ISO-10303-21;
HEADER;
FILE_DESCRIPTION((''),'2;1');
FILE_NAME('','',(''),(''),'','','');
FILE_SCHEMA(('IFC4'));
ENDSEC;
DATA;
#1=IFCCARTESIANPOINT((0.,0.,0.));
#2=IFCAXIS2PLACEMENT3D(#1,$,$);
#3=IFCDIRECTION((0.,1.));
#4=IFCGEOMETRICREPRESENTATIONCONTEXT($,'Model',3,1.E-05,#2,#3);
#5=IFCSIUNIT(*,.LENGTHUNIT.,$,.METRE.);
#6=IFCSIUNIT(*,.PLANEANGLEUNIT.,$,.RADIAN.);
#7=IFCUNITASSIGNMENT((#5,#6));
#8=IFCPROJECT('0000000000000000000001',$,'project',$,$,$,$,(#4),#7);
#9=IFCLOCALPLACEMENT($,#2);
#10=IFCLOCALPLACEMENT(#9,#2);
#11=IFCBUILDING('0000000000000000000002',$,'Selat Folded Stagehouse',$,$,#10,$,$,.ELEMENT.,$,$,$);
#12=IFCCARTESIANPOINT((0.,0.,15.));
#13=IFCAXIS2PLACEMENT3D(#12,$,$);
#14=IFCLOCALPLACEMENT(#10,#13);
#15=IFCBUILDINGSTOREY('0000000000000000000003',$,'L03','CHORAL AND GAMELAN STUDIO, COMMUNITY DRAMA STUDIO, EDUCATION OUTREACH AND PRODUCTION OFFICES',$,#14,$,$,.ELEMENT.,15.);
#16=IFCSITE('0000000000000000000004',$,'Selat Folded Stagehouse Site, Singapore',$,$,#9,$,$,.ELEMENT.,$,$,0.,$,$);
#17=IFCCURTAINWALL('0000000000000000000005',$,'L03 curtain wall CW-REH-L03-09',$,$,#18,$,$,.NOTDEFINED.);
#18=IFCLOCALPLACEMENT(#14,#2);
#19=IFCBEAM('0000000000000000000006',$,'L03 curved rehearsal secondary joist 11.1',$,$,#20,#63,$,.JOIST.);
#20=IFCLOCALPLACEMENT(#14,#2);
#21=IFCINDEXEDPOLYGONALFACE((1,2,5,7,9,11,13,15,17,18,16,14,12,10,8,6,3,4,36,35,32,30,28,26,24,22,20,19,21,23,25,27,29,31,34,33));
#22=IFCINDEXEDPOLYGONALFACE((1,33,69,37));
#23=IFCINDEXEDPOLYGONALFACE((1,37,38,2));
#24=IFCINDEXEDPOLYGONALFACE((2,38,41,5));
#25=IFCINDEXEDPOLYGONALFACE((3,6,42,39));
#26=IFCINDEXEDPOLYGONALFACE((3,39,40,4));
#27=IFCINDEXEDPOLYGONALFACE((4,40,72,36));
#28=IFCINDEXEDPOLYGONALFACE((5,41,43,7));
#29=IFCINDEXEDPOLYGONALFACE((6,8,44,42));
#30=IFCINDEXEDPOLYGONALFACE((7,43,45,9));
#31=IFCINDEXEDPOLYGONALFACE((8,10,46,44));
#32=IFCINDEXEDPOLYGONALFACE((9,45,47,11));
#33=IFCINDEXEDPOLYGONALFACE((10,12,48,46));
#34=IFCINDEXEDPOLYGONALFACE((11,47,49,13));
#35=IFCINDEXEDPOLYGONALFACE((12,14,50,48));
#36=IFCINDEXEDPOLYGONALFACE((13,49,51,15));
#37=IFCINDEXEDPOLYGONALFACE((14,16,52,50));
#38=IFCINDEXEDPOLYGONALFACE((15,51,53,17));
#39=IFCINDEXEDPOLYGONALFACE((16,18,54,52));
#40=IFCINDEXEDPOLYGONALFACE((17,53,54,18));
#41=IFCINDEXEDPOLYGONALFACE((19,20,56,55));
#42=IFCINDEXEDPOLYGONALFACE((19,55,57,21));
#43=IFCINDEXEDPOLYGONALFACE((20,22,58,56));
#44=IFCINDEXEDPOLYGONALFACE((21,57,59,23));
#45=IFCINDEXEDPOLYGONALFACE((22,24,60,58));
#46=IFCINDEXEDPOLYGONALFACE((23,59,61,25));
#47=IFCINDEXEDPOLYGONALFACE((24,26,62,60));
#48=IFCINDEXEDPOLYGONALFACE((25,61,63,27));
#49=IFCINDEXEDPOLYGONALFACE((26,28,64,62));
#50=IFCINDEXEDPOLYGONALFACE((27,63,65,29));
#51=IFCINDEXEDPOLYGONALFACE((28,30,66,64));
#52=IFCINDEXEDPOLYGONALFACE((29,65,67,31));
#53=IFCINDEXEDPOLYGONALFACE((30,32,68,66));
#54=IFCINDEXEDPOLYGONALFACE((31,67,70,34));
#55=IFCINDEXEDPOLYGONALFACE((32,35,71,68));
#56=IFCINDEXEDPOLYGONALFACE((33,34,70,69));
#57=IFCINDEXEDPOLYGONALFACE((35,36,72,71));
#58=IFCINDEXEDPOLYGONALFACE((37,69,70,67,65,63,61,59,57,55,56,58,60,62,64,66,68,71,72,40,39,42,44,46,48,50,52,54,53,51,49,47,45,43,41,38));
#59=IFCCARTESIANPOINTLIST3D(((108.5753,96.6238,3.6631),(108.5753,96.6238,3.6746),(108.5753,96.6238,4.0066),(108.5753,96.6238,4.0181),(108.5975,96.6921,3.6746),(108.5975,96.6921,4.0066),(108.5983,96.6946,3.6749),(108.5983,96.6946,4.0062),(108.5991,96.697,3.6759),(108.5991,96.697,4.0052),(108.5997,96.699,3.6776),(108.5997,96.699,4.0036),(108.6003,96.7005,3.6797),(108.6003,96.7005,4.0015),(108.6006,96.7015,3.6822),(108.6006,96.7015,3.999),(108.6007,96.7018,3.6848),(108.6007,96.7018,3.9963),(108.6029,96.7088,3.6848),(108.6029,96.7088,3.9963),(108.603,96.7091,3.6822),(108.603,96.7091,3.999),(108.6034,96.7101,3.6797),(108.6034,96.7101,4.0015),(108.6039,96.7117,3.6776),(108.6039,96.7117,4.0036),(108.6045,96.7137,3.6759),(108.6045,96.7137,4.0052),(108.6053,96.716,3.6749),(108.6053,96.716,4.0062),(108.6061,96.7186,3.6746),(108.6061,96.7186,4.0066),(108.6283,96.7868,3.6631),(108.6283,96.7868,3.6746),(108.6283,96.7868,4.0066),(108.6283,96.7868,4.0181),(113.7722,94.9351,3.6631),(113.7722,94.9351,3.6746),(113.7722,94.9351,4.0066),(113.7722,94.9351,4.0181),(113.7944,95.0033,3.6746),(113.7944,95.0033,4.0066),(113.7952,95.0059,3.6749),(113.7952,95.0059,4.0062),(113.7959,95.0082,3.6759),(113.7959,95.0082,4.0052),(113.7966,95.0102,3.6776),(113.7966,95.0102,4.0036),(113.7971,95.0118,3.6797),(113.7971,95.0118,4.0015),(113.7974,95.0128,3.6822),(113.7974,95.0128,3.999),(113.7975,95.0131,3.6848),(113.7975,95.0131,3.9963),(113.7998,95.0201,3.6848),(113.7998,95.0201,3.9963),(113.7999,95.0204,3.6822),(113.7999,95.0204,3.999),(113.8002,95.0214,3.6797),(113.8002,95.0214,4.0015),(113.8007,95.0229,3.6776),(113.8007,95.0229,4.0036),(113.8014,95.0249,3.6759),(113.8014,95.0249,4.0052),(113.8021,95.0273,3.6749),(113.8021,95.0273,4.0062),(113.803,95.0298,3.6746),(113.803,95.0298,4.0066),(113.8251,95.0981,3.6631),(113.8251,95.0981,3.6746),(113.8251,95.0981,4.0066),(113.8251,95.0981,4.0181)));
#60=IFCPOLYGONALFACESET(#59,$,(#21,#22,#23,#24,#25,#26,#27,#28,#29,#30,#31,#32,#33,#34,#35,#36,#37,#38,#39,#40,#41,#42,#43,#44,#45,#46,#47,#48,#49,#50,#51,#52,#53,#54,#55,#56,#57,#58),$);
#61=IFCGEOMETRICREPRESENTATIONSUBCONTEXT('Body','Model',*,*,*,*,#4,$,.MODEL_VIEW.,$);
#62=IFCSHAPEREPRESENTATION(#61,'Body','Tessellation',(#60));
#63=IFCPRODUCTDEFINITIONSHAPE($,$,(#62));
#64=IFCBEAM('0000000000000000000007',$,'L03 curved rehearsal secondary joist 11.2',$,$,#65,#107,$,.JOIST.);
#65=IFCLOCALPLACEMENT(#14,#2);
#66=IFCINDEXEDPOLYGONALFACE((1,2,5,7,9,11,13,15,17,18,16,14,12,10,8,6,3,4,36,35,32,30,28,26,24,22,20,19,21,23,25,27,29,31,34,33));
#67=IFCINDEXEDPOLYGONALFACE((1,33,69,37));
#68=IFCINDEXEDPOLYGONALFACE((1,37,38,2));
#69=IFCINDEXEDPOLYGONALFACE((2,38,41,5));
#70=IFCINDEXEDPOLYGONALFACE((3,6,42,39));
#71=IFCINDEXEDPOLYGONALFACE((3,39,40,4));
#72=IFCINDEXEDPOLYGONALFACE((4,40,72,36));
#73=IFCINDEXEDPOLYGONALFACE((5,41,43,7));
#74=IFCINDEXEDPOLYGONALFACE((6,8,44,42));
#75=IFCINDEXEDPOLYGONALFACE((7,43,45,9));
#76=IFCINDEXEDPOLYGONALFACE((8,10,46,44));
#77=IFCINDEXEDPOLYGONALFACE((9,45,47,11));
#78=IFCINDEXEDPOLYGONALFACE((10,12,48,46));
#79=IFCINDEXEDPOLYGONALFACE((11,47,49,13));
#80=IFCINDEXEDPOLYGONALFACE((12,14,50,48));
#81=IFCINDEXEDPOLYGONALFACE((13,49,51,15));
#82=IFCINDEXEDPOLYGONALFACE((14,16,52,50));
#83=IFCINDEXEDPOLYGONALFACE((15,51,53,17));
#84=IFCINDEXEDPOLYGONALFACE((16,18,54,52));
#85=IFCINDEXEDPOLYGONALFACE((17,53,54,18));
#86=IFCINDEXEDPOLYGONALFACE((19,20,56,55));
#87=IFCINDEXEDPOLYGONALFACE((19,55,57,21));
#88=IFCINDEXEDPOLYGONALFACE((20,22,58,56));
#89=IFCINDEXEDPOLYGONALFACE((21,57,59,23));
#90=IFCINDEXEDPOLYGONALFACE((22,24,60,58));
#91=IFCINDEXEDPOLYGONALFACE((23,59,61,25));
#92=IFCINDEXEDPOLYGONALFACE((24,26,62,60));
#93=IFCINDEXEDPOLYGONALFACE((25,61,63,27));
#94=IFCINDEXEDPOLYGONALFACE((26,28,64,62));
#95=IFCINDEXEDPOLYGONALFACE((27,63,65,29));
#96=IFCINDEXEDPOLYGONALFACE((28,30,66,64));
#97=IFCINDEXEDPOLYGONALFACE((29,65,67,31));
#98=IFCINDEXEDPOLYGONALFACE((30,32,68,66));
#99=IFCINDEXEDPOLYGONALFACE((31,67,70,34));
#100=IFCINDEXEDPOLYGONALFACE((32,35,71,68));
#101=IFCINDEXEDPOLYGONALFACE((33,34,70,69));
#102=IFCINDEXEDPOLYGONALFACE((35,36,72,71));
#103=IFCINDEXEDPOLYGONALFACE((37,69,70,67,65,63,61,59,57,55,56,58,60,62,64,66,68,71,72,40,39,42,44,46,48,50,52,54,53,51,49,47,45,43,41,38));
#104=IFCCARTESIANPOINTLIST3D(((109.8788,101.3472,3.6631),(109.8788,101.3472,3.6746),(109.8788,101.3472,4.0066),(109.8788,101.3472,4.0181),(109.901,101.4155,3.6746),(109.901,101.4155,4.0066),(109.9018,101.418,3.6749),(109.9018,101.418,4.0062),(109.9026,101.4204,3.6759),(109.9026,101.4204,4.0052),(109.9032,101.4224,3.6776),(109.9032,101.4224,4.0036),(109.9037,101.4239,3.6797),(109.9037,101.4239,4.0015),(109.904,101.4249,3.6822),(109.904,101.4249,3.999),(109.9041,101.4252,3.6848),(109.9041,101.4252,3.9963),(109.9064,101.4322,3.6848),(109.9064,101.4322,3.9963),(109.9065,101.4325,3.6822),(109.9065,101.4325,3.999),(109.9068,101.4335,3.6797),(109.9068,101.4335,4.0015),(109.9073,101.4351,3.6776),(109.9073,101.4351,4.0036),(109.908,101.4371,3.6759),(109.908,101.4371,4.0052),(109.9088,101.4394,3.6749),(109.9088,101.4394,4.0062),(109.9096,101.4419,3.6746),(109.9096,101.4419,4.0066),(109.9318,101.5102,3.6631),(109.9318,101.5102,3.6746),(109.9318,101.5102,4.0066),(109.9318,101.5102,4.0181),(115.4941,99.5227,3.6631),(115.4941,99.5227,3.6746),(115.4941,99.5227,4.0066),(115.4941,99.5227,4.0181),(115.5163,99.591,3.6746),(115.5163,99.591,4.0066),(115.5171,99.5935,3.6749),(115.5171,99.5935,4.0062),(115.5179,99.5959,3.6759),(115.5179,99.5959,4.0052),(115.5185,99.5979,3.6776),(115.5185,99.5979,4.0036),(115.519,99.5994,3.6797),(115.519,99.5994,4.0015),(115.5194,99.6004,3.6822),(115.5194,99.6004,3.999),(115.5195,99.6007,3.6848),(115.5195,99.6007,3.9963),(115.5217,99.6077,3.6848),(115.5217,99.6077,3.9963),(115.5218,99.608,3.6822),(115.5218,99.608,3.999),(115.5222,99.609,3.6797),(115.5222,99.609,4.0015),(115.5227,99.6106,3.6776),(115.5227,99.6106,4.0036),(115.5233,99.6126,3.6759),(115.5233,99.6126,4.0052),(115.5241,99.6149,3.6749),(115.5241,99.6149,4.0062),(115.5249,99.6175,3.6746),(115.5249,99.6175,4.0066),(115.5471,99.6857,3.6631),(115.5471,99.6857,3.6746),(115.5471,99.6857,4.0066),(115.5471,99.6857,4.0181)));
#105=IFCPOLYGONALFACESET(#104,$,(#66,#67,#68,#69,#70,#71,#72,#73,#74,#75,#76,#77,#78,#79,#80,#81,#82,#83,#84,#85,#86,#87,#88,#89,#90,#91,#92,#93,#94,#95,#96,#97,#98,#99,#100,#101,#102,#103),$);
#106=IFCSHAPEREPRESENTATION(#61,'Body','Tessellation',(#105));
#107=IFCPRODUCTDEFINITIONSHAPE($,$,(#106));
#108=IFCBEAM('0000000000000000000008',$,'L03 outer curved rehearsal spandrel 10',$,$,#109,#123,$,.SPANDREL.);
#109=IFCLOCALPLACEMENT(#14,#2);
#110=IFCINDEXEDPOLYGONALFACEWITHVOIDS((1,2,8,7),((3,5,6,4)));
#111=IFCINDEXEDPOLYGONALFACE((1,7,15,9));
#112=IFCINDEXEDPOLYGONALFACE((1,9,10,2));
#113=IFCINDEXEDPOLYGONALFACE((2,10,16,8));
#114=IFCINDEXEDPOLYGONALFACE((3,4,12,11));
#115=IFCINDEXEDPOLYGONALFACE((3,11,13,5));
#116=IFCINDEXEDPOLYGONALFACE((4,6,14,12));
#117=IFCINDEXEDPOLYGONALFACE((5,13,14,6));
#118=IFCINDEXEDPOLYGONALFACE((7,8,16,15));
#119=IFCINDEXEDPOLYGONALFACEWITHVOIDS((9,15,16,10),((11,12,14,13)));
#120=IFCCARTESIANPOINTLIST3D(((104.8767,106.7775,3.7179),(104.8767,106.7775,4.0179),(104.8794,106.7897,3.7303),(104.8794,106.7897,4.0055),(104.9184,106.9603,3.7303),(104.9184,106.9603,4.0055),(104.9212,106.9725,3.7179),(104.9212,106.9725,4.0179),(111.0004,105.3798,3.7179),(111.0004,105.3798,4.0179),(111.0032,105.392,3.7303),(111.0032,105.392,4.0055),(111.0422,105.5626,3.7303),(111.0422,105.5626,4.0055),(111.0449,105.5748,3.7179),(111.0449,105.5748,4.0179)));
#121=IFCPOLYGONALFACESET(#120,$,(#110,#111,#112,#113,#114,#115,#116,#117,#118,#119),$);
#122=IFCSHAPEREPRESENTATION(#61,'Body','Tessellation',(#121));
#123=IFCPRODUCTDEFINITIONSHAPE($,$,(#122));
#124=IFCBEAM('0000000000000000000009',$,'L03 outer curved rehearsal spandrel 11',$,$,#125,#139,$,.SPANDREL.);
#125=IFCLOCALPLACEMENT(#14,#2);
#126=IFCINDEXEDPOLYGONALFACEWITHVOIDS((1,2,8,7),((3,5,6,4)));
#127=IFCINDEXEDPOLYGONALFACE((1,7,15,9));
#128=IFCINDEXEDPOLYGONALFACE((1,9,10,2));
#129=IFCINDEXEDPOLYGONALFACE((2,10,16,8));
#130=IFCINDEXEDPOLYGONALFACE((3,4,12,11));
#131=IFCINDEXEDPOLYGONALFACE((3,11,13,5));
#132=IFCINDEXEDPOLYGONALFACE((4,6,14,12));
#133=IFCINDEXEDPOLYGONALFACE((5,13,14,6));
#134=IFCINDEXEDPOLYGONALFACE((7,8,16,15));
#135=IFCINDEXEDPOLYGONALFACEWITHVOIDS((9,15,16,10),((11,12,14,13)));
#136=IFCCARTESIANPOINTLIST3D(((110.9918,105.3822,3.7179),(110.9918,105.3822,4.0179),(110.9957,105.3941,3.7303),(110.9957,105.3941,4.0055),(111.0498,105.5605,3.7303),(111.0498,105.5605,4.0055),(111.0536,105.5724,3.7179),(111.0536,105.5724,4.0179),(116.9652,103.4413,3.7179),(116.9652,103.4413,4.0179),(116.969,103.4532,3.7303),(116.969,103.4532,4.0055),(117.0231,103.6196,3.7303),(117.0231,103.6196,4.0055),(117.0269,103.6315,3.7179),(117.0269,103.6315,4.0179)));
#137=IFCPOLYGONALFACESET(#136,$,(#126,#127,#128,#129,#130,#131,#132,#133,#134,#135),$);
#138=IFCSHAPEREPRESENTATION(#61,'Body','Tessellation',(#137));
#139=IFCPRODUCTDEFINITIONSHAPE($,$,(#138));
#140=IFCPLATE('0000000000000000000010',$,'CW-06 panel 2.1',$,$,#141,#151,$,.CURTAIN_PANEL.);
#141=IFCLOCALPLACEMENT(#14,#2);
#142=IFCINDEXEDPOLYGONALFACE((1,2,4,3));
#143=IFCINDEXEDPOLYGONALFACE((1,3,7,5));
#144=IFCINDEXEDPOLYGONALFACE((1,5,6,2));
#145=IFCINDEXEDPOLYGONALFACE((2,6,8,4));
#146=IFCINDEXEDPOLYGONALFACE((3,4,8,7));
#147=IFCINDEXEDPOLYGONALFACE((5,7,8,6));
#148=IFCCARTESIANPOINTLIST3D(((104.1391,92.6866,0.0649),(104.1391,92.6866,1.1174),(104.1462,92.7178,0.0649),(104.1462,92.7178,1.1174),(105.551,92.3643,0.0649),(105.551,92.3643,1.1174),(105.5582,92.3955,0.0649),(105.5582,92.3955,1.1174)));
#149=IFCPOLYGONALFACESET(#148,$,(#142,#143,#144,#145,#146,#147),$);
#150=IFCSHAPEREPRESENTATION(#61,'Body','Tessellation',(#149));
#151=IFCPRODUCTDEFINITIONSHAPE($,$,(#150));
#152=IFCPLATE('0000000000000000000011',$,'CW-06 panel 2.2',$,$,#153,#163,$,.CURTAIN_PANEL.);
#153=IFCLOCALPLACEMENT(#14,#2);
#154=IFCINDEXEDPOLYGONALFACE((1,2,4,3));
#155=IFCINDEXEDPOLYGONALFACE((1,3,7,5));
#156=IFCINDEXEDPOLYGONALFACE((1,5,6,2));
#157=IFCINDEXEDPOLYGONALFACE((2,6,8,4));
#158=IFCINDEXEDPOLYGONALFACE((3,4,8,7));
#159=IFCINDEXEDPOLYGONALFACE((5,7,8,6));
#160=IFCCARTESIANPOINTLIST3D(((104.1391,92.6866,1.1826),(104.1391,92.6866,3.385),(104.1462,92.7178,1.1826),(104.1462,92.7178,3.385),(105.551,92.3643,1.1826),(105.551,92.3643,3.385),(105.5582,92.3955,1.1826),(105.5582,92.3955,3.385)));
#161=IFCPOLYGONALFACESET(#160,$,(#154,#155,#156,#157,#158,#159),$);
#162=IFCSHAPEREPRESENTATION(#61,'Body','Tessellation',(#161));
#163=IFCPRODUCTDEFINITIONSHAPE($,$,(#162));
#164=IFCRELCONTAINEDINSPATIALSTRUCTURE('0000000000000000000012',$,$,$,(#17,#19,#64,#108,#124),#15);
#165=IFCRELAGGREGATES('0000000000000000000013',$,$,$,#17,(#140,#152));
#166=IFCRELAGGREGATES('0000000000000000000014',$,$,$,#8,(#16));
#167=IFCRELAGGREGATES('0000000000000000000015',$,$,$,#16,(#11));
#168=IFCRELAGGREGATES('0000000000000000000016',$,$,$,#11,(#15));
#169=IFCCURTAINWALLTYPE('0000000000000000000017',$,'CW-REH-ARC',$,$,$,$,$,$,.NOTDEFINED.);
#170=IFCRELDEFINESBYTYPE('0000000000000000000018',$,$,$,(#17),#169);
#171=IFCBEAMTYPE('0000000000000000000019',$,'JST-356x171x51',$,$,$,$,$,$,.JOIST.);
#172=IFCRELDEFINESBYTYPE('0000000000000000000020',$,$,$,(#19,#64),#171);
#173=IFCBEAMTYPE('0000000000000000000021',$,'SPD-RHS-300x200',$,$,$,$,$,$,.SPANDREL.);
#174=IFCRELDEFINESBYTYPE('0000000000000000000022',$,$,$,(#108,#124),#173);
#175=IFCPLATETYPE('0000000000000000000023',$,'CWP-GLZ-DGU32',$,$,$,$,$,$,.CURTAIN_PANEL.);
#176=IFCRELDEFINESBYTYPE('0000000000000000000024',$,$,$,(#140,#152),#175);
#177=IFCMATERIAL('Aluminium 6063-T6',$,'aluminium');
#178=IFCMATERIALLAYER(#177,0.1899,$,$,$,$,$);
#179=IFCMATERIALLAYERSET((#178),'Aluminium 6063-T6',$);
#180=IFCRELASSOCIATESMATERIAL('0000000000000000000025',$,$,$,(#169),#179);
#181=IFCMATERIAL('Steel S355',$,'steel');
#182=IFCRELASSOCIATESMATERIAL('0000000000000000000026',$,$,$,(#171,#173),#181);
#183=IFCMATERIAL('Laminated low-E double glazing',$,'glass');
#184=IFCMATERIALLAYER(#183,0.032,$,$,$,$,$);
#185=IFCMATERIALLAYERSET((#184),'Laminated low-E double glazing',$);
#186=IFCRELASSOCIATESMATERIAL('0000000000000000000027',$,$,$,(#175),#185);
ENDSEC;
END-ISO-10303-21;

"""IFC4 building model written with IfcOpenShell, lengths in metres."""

from ifc_helpers import new_model, si_unit, direction, frame, origin, origin_2d, place, context, subcontext, project, spatial, rectangle, hollow_rectangle, i_section, extrude, material, layer, layer_set, material_profile, profile_set, type_object, element, aggregate, save


model = new_model("IFC4")

# Units and contexts
model_context = context("Model", 3, precision=1e-05, world=origin(), true_north=direction((0.0, 1.0)))
body_context = subcontext(model_context, "Body", "Model", "MODEL_VIEW")
ifc_project = project(units=[si_unit("LENGTHUNIT", "METRE"), si_unit("PLANEANGLEUNIT", "RADIAN")], contexts=[model_context])

# Site, building, storey
site_placement = place(None, origin())
site = spatial("IfcSite", under=ifc_project, at=site_placement, Name="Selat Folded Stagehouse Site, Singapore", CompositionType="ELEMENT", RefElevation=0.0)
building_placement = place(site_placement, origin())
building = spatial("IfcBuilding", under=site, at=building_placement, Name="Selat Folded Stagehouse", CompositionType="ELEMENT")
storey_placement = place(building_placement, frame((0.0, 0.0, 15.0)))
storey = spatial("IfcBuildingStorey", under=building, at=storey_placement, Name="L03", Description="CHORAL AND GAMELAN STUDIO, COMMUNITY DRAMA STUDIO, EDUCATION OUTREACH AND PRODUCTION OFFICES", CompositionType="ELEMENT", Elevation=15.0)

# Shared definitions
ifc_material_1 = material(Name="Steel S355", Category="steel")

# Curtain wall
ifc_material_2 = material(Name="Aluminium 6063-T6", Category="aluminium")
ifc_layer_1 = layer(ifc_material_2, 0.1899)
ifc_layer_set_1 = layer_set([ifc_layer_1], Name="Aluminium 6063-T6")
curtain_wall_type = type_object("IfcCurtainWallType", Name="CW-REH-ARC", PredefinedType="NOTDEFINED", material=ifc_layer_set_1)
curtain_wall_placement = place(storey_placement, origin())
curtain_wall = element("IfcCurtainWall", 1, at=curtain_wall_placement, inside=storey, type_object=curtain_wall_type, Name="L03 curtain wall CW-REH-L03-09", PredefinedType="NOTDEFINED")

# Beams
ifc_material_profile_1 = material_profile(ifc_material_1, i_section(OverallWidth=0.1714, OverallDepth=0.355, WebThickness=0.0073, FlangeThickness=0.0115, FilletRadius=0.0103, at=origin_2d()), Name="UKB 356x171x51")
ifc_profile_set_1 = profile_set([ifc_material_profile_1], Name="Steel S355")
beam_type_1 = type_object("IfcBeamType", Name="JST-356x171x51", PredefinedType="JOIST", material=ifc_profile_set_1)
beam_1_placement = place(storey_placement, frame((108.6018, 96.7053, 3.8406), z_axis=(0.951047, -0.309048, 0.0), x_axis=(0.309048, 0.951047, 0.0)))
element("IfcBeam", 2, at=beam_1_placement, inside=storey, type_object=beam_type_1, Name="L03 curved rehearsal secondary joist 11.1", PredefinedType="JOIST", context=body_context, shape_type="SweptSolid", body=[
    extrude(i_section(OverallWidth=0.1714, OverallDepth=0.355, WebThickness=0.0073, FlangeThickness=0.0115, FilletRadius=0.0103, at=origin_2d()), origin(), (0.0, 0.0, 1.0), 5.4644),
])
beam_2_placement = place(storey_placement, frame((109.9053, 101.4287, 3.8406), z_axis=(0.951058, -0.309011, 0.0), x_axis=(0.309011, 0.951058, 0.0)))
element("IfcBeam", 3, at=beam_2_placement, inside=storey, type_object=beam_type_1, Name="L03 curved rehearsal secondary joist 11.2", PredefinedType="JOIST", context=body_context, shape_type="SweptSolid", body=[
    extrude(i_section(OverallWidth=0.1714, OverallDepth=0.355, WebThickness=0.0073, FlangeThickness=0.0115, FilletRadius=0.0103, at=origin_2d()), origin(), (0.0, 0.0, 1.0), 5.9043),
])
ifc_material_profile_2 = material_profile(ifc_material_1, hollow_rectangle(XDim=0.2, YDim=0.3, WallThickness=0.0125, at=origin_2d()), Name="RHS 300x200x12.5")
ifc_profile_set_2 = profile_set([ifc_material_profile_2], Name="Steel S355")
beam_type_2 = type_object("IfcBeamType", Name="SPD-RHS-300x200", PredefinedType="SPANDREL", material=ifc_profile_set_2)
beam_3_placement = place(storey_placement, frame((104.8989, 106.875, 3.8679), z_axis=(0.974928, -0.22252, 0.0), x_axis=(0.22252, 0.974928, 0.0)))
element("IfcBeam", 4, at=beam_3_placement, inside=storey, type_object=beam_type_2, Name="L03 outer curved rehearsal spandrel 10", PredefinedType="SPANDREL", context=body_context, shape_type="SweptSolid", body=[
    extrude(hollow_rectangle(XDim=0.2, YDim=0.3, WallThickness=0.0125, at=origin_2d()), origin(), (0.0, 0.0, 1.0), 6.2812),
])
beam_4_placement = place(storey_placement, frame((111.0227, 105.4773, 3.8679), z_axis=(0.951054, -0.309024, 0.0), x_axis=(0.309024, 0.951054, 0.0)))
element("IfcBeam", 5, at=beam_4_placement, inside=storey, type_object=beam_type_2, Name="L03 outer curved rehearsal spandrel 11", PredefinedType="SPANDREL", context=body_context, shape_type="SweptSolid", body=[
    extrude(hollow_rectangle(XDim=0.2, YDim=0.3, WallThickness=0.0125, at=origin_2d()), origin(), (0.0, 0.0, 1.0), 6.2808),
])

# Plates
ifc_material_3 = material(Name="Laminated low-E double glazing", Category="glass")
ifc_layer_2 = layer(ifc_material_3, 0.032)
ifc_layer_set_2 = layer_set([ifc_layer_2], Name="Laminated low-E double glazing")
plate_type = type_object("IfcPlateType", Name="CWP-GLZ-DGU32", PredefinedType="CURTAIN_PANEL", material=ifc_layer_set_2)
plate_1_placement = place(storey_placement, frame((104.8486, 92.541, 0.0649), z_axis=(0.0, 0.0, 1.0), x_axis=(-0.974923, 0.222543, 0.0)))
plate_1 = element("IfcPlate", 6, at=plate_1_placement, type_object=plate_type, Name="CW-06 panel 2.1", PredefinedType="CURTAIN_PANEL", context=body_context, shape_type="SweptSolid", body=[
    extrude(rectangle(XDim=1.4482, YDim=0.032, at=origin_2d()), origin(), (0.0, 0.0, 1.0), 1.0525),
])
plate_2_placement = place(storey_placement, frame((104.8486, 92.541, 1.1826), z_axis=(0.0, 0.0, 1.0), x_axis=(-0.974923, 0.222543, 0.0)))
plate_2 = element("IfcPlate", 7, at=plate_2_placement, type_object=plate_type, Name="CW-06 panel 2.2", PredefinedType="CURTAIN_PANEL", context=body_context, shape_type="SweptSolid", body=[
    extrude(rectangle(XDim=1.4482, YDim=0.032, at=origin_2d()), origin(), (0.0, 0.0, 1.0), 2.2024),
])
aggregate(curtain_wall, [plate_1, plate_2])

save(model, "model.ifc")
